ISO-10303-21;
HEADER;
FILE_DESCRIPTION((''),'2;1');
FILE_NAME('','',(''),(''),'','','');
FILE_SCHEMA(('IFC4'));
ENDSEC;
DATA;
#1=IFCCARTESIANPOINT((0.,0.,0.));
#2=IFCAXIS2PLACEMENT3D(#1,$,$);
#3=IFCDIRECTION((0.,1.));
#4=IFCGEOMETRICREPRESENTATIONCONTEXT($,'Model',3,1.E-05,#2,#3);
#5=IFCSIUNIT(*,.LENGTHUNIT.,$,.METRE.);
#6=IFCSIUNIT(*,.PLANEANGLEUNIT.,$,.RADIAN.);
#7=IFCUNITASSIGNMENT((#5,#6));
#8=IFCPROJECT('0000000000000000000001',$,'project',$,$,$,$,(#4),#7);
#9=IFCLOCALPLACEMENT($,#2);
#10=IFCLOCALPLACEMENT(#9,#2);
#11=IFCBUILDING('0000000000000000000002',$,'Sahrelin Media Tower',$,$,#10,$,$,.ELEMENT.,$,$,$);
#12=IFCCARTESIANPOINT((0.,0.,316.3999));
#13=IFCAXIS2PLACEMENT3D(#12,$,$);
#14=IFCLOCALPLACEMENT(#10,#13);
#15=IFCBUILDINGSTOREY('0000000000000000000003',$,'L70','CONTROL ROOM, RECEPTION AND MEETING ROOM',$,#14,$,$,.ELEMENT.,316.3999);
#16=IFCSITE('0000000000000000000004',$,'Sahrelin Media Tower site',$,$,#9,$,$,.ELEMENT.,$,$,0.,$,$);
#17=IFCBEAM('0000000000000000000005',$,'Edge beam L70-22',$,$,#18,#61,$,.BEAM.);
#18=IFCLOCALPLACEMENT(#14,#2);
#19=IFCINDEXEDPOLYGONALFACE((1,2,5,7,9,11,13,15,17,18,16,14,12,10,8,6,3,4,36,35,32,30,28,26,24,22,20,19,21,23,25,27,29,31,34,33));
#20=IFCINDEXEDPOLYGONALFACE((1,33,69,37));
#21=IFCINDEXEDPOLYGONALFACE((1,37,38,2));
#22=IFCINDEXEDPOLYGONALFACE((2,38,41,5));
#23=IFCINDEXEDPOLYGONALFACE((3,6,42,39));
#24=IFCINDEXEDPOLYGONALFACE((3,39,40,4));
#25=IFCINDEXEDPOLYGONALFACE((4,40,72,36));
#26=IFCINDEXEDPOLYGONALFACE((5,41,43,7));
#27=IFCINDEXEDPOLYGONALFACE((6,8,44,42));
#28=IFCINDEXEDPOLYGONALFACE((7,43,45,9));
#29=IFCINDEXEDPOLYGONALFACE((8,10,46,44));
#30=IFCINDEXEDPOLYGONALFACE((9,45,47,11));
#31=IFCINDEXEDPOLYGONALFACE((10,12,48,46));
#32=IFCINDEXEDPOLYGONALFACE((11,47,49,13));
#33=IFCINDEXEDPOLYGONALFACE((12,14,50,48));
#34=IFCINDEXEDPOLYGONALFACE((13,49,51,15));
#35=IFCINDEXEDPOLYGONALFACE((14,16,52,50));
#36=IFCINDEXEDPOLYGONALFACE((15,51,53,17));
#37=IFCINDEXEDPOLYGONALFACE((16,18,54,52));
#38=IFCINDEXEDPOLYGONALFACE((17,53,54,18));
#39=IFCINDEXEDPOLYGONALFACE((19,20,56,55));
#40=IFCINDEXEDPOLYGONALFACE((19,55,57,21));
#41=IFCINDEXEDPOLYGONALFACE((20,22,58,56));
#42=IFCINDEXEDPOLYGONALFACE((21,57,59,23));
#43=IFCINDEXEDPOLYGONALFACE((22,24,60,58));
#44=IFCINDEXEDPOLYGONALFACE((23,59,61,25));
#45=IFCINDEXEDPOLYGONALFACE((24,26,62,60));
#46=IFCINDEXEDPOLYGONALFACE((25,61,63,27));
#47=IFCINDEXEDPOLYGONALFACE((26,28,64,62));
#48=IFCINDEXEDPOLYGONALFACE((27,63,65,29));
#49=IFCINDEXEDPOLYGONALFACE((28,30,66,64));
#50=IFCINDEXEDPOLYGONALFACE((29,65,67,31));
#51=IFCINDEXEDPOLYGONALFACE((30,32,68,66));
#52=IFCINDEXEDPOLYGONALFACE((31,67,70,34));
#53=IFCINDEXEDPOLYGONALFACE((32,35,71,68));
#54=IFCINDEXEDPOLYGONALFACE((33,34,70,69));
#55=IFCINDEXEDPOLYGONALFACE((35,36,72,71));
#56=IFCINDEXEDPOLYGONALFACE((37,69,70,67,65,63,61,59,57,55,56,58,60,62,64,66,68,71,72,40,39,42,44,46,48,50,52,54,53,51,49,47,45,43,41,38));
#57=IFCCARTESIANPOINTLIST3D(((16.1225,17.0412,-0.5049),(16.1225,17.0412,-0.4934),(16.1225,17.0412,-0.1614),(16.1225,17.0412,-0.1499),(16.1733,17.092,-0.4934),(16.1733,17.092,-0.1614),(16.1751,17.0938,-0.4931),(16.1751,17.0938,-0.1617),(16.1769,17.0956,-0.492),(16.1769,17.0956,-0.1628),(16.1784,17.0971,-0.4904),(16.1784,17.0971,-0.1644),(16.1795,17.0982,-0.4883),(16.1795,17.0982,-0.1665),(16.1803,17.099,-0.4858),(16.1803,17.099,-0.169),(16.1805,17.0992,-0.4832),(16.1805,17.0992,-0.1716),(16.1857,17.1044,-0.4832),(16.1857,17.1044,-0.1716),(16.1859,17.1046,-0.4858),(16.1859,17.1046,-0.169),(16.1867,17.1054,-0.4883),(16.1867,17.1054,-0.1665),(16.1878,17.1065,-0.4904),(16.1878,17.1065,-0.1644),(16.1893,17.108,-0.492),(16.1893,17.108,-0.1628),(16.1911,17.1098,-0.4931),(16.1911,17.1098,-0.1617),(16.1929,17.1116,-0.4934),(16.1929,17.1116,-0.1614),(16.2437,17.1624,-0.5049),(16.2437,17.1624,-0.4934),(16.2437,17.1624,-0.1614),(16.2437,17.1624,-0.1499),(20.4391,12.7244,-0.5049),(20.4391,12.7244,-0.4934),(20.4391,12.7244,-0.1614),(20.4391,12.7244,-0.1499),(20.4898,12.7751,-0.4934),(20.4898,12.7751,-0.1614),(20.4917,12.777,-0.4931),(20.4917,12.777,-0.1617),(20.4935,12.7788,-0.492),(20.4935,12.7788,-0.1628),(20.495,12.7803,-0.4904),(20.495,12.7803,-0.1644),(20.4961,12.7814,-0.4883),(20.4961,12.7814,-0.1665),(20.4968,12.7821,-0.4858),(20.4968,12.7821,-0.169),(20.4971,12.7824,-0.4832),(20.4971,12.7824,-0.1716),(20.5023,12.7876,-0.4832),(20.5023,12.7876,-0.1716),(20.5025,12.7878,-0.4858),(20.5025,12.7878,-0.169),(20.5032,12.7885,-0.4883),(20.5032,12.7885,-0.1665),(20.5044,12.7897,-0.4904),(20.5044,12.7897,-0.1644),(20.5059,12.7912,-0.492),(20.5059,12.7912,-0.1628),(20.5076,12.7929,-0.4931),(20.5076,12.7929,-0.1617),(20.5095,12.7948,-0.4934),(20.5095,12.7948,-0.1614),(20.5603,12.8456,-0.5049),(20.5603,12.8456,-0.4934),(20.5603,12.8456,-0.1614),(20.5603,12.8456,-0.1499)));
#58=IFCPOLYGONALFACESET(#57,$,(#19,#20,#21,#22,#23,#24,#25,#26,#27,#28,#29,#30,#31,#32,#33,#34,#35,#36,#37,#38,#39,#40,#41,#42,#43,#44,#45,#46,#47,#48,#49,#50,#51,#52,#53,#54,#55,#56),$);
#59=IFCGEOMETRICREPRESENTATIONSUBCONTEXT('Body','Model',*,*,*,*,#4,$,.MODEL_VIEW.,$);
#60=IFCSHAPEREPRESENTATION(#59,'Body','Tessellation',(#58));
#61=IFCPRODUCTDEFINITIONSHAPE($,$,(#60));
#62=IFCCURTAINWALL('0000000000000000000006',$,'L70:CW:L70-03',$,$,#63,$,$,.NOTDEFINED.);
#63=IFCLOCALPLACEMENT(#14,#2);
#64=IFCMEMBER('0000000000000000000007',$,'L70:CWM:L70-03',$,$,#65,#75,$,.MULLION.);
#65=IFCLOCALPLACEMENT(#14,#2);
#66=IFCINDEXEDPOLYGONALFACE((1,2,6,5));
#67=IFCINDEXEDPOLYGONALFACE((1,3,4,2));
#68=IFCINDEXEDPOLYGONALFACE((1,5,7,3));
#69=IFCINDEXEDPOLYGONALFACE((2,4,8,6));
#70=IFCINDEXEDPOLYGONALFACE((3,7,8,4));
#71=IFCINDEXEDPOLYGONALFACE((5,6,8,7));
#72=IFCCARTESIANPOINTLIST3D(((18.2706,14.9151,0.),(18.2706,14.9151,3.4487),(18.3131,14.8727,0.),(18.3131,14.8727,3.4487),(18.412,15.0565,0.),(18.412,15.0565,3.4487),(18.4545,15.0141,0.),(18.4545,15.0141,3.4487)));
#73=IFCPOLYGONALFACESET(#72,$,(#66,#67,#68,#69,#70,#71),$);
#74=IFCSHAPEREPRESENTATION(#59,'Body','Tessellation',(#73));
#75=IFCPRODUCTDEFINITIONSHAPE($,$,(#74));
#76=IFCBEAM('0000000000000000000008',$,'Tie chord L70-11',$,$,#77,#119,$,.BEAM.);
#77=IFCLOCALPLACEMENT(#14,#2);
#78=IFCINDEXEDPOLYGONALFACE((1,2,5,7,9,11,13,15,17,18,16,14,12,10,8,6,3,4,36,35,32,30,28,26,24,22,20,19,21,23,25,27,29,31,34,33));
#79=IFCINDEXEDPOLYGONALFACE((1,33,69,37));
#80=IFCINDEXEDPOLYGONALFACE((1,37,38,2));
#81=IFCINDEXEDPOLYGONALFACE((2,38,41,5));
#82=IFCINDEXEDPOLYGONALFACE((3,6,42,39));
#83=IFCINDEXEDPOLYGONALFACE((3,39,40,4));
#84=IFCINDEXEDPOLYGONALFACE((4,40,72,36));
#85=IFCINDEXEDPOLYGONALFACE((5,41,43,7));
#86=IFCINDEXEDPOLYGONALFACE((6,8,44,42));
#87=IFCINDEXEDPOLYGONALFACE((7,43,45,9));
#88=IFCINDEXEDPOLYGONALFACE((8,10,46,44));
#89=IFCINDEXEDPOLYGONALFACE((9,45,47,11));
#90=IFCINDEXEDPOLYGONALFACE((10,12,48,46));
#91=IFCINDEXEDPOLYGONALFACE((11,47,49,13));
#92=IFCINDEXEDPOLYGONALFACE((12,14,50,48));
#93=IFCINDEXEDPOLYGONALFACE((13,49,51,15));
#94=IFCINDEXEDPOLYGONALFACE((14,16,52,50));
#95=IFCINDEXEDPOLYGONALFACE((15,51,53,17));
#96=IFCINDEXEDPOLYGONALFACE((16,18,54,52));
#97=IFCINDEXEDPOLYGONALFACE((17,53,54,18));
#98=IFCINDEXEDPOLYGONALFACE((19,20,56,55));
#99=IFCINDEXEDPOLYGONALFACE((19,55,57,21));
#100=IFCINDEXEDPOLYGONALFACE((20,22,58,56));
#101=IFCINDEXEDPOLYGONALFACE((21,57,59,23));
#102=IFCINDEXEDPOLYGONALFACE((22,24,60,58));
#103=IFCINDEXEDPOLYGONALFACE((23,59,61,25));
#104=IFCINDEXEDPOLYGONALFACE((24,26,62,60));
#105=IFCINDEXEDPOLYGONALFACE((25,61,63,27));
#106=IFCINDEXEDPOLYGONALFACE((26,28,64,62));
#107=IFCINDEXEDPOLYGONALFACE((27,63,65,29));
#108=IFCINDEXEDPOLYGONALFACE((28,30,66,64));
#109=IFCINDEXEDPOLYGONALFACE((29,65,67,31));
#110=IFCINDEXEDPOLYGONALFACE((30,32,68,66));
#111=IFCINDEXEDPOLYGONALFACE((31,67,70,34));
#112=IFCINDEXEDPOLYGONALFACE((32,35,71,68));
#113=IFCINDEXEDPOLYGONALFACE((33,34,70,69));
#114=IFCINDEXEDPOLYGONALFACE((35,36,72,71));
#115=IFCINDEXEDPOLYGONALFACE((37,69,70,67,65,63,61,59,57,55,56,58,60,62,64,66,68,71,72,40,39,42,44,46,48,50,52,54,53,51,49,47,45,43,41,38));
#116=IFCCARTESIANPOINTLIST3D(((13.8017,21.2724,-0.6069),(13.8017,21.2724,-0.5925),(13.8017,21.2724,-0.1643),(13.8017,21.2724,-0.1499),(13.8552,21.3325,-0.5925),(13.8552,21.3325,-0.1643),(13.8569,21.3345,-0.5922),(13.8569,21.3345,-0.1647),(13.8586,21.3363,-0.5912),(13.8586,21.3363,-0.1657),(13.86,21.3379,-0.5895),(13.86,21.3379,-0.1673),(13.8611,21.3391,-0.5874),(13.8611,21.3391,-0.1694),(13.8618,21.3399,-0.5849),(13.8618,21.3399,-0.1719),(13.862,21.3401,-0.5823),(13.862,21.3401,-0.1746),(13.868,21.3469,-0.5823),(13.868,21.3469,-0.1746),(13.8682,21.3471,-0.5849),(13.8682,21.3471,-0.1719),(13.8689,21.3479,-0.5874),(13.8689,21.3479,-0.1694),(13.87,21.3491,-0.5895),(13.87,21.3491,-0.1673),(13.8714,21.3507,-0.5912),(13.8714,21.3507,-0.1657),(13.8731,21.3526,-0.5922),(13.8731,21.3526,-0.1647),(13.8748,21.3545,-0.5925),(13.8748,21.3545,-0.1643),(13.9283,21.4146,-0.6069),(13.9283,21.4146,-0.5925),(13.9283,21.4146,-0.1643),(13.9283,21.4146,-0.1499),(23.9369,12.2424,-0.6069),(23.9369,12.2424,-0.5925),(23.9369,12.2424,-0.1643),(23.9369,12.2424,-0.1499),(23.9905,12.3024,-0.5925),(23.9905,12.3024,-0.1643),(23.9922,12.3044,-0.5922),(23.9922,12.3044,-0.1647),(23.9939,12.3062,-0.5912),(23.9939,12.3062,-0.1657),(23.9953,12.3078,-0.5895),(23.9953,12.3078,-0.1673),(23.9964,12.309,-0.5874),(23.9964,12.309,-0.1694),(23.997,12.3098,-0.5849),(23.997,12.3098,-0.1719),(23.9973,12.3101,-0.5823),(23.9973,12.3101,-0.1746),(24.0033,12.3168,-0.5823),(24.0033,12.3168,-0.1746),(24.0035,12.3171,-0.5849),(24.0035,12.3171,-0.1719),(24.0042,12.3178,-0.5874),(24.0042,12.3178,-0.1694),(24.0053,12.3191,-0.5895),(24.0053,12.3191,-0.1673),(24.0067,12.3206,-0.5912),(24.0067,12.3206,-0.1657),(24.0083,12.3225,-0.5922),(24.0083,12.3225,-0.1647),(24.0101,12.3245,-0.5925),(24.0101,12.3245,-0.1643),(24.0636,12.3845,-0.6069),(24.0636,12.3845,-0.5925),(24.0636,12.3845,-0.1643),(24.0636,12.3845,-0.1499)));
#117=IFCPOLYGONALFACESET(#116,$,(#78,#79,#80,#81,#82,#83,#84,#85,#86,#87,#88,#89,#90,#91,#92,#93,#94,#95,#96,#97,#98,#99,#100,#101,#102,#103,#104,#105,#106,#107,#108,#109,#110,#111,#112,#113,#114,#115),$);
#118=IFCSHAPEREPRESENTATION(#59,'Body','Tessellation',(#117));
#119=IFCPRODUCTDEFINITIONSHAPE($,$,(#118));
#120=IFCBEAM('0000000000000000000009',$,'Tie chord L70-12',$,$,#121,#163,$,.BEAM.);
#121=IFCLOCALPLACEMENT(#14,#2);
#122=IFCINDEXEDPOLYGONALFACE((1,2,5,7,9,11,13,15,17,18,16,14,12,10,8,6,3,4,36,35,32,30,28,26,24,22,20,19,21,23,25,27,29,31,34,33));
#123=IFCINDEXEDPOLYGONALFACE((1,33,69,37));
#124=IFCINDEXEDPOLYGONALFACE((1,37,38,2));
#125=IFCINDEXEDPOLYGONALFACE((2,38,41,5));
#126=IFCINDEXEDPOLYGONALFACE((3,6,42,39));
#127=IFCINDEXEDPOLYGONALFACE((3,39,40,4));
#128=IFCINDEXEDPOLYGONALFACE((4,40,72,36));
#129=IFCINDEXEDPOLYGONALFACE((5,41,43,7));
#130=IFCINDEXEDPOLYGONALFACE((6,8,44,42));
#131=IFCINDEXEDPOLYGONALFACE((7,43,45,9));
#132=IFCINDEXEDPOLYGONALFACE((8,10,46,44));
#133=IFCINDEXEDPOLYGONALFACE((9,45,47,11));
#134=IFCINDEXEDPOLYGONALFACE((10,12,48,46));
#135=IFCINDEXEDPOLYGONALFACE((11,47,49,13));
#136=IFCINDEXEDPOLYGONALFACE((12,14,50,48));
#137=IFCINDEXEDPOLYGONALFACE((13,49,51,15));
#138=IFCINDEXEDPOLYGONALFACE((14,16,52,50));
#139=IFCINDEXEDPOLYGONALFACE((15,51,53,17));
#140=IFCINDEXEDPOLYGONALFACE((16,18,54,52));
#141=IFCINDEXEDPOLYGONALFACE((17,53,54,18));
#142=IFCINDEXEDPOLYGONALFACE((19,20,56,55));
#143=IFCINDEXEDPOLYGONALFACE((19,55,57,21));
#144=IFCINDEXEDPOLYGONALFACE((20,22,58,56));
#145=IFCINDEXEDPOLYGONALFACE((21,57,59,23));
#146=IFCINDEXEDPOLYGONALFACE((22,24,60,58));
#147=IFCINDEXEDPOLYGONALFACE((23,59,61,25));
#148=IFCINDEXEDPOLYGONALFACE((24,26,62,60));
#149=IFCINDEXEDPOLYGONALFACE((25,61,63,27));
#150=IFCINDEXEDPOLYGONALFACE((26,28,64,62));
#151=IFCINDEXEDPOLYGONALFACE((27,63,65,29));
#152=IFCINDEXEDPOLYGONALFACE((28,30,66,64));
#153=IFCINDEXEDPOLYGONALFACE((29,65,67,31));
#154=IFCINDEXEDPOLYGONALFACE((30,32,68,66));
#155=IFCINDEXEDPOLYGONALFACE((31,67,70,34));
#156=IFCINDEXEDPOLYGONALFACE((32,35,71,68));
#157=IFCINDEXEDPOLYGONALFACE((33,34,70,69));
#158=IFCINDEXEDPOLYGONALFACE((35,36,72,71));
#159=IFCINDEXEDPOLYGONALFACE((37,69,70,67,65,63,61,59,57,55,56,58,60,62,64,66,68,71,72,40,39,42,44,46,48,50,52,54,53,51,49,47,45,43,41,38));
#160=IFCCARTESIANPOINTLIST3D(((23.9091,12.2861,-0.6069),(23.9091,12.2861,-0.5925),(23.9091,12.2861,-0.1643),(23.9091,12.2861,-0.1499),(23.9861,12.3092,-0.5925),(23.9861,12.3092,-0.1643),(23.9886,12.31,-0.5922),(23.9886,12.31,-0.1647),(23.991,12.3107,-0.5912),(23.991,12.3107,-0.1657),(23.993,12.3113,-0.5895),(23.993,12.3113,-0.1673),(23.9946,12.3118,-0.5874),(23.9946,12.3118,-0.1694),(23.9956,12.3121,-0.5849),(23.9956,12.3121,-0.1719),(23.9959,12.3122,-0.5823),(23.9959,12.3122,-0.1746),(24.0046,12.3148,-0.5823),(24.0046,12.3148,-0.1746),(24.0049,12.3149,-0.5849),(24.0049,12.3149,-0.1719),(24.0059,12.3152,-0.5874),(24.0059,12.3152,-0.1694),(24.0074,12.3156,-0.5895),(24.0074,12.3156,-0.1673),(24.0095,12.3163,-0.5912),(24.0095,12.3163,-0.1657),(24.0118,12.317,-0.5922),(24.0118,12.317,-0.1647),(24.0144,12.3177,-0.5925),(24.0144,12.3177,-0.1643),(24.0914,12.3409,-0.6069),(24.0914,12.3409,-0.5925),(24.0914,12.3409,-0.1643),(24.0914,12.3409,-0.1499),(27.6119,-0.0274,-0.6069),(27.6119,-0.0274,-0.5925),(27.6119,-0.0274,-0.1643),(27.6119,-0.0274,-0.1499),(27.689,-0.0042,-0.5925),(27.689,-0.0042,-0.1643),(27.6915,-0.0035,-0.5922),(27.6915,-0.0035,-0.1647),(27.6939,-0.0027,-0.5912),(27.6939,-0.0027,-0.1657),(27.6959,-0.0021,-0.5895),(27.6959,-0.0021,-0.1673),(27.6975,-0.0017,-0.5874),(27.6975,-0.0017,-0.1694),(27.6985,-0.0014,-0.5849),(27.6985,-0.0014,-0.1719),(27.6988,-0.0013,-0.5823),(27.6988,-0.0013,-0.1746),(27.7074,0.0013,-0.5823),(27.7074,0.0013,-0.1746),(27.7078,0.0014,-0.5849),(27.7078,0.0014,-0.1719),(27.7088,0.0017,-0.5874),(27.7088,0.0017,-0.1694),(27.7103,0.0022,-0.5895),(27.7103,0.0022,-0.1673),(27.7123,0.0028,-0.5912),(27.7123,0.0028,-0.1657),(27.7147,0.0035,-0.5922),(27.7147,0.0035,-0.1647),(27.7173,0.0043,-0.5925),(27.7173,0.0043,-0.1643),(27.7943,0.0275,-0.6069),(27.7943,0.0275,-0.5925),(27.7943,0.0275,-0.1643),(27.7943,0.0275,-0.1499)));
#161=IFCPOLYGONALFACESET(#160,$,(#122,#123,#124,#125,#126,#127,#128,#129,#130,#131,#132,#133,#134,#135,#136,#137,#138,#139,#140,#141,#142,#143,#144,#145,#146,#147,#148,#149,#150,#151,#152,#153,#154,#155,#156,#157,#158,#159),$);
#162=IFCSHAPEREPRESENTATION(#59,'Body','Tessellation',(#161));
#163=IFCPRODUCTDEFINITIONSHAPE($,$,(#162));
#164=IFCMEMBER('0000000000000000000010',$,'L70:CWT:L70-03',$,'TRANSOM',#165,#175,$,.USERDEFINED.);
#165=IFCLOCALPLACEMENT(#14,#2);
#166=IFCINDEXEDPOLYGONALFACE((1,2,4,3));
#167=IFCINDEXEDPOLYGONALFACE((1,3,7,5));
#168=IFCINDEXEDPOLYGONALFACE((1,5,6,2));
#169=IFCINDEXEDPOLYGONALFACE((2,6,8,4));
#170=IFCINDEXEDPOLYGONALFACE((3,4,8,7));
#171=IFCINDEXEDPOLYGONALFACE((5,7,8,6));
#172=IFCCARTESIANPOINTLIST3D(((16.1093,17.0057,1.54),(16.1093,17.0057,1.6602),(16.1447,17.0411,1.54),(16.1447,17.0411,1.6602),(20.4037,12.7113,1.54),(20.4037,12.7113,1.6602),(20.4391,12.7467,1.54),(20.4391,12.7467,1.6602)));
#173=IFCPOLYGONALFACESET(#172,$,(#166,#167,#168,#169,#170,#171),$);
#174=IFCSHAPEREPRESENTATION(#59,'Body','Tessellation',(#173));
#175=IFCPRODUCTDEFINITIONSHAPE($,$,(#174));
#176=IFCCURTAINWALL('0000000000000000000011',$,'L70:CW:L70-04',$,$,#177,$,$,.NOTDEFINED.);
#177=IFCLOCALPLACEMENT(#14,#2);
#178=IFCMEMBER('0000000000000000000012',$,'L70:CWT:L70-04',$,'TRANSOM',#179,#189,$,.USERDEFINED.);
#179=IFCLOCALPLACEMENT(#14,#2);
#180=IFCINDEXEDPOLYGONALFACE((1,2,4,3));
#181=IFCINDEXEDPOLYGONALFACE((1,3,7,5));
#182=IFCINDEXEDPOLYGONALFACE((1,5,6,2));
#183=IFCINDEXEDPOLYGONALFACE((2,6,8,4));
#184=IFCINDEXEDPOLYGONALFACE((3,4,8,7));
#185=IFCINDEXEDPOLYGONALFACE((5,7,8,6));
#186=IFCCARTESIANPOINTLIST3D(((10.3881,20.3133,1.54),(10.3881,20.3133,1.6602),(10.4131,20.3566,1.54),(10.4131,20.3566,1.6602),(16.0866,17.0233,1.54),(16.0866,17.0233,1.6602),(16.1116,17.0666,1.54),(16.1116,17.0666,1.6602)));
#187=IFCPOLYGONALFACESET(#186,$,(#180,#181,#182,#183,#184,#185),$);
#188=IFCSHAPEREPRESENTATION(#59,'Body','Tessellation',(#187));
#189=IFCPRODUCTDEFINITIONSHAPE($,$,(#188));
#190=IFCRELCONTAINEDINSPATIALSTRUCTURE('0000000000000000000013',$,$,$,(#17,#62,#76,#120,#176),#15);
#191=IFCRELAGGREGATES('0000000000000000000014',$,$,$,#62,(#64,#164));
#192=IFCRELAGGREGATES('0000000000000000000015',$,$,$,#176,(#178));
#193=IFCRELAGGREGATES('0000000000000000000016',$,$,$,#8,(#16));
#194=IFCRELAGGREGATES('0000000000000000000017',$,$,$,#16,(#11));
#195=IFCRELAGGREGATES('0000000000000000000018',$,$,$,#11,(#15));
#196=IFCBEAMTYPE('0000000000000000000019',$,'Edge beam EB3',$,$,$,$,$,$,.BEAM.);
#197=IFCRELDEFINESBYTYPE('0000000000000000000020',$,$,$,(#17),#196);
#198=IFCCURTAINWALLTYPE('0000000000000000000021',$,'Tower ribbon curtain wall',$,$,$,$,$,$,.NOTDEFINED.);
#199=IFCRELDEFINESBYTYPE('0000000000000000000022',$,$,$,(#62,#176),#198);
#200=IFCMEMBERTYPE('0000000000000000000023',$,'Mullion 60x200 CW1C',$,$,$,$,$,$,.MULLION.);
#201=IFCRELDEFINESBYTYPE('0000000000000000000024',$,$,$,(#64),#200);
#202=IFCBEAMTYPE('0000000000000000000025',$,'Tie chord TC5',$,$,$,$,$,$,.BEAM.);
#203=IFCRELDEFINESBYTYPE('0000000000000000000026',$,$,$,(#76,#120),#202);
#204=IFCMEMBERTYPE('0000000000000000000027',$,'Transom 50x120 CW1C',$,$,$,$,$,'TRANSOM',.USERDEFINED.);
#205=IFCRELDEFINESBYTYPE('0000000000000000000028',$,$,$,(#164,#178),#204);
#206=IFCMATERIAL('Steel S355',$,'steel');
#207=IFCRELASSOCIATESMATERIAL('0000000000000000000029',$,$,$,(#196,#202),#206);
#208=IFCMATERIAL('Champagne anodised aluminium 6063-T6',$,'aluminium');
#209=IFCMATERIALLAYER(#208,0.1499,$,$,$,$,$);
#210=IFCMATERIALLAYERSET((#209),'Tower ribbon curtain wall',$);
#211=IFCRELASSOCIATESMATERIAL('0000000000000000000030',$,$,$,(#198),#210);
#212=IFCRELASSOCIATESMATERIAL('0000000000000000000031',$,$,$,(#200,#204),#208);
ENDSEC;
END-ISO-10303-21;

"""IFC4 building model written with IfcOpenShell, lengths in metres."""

from ifc_helpers import new_model, si_unit, direction, frame, origin, origin_2d, place, context, subcontext, project, spatial, rectangle, i_section, extrude, material, layer, layer_set, material_profile, profile_set, type_object, element, aggregate, save


model = new_model("IFC4")

# Units and contexts
model_context = context("Model", 3, precision=1e-05, world=origin(), true_north=direction((0.0, 1.0)))
body_context = subcontext(model_context, "Body", "Model", "MODEL_VIEW")
ifc_project = project(units=[si_unit("LENGTHUNIT", "METRE"), si_unit("PLANEANGLEUNIT", "RADIAN")], contexts=[model_context])

# Site, building, storey
site_placement = place(None, origin())
site = spatial("IfcSite", under=ifc_project, at=site_placement, Name="Sahrelin Media Tower site", CompositionType="ELEMENT", RefElevation=0.0)
building_placement = place(site_placement, origin())
building = spatial("IfcBuilding", under=site, at=building_placement, Name="Sahrelin Media Tower", CompositionType="ELEMENT")
storey_placement = place(building_placement, frame((0.0, 0.0, 316.3999)))
storey = spatial("IfcBuildingStorey", under=building, at=storey_placement, Name="L70", Description="CONTROL ROOM, RECEPTION AND MEETING ROOM", CompositionType="ELEMENT", Elevation=316.3999)

# Beam
ifc_material_1 = material(Name="Steel S355", Category="steel")
ifc_material_profile_1 = material_profile(ifc_material_1, i_section(OverallWidth=0.1714, OverallDepth=0.355, WebThickness=0.0073, FlangeThickness=0.0115, FilletRadius=0.0103, at=origin_2d()), Name="UB 356x171x51")
ifc_profile_set_1 = profile_set([ifc_material_profile_1], Name="Steel S355")
beam_type_1 = type_object("IfcBeamType", Name="Edge beam EB3", PredefinedType="BEAM", material=ifc_profile_set_1)
beam_1_placement = place(storey_placement, frame((16.1831, 17.1018, -0.3274), z_axis=(0.707087, -0.707127, 0.0), x_axis=(0.707127, 0.707087, 0.0)))
element("IfcBeam", 1, at=beam_1_placement, inside=storey, type_object=beam_type_1, Name="Edge beam L70-22", PredefinedType="BEAM", context=body_context, shape_type="SweptSolid", body=[
    extrude(i_section(OverallWidth=0.1714, OverallDepth=0.355, WebThickness=0.0073, FlangeThickness=0.0115, FilletRadius=0.0103, at=origin_2d()), origin(), (0.0, 0.0, 1.0), 6.1047),
])

# Curtain wall, member
ifc_material_2 = material(Name="Champagne anodised aluminium 6063-T6", Category="aluminium")
ifc_layer_1 = layer(ifc_material_2, 0.1499)
ifc_layer_set_1 = layer_set([ifc_layer_1], Name="Tower ribbon curtain wall")
curtain_wall_type = type_object("IfcCurtainWallType", Name="Tower ribbon curtain wall", PredefinedType="NOTDEFINED", material=ifc_layer_set_1)
curtain_wall_1_placement = place(storey_placement, frame((18.4475, 15.0493, 0.0), z_axis=(0.0, 0.0, 1.0), x_axis=(1.0, 0.0, 0.0)))
curtain_wall_1 = element("IfcCurtainWall", 2, at=curtain_wall_1_placement, inside=storey, type_object=curtain_wall_type, Name="L70:CW:L70-03", PredefinedType="NOTDEFINED")
ifc_material_profile_2 = material_profile(ifc_material_2, rectangle(XDim=0.0601, YDim=0.2, at=origin_2d()), Name="Mullion 60x200")
ifc_profile_set_2 = profile_set([ifc_material_profile_2], Name="Champagne anodised aluminium 6063-T6")
member_type_1 = type_object("IfcMemberType", Name="Mullion 60x200 CW1C", PredefinedType="MULLION", material=ifc_profile_set_2)
member_1_placement = place(storey_placement, frame((18.3625, 14.9646, 0.0), z_axis=(0.0, 0.0, 1.0), x_axis=(-0.707107, 0.707107, 0.0)))
member_1 = element("IfcMember", 3, at=member_1_placement, type_object=member_type_1, Name="L70:CWM:L70-03", PredefinedType="MULLION", context=body_context, shape_type="SweptSolid", body=[
    extrude(rectangle(XDim=0.0601, YDim=0.2, at=origin_2d()), origin(), (0.0, 0.0, 1.0), 3.4487),
])

# Beams
ifc_material_profile_3 = material_profile(ifc_material_1, i_section(OverallWidth=0.1904, OverallDepth=0.457, WebThickness=0.009, FlangeThickness=0.0144, FilletRadius=0.0103, at=origin_2d()), Name="UB 457x191x74")
ifc_profile_set_3 = profile_set([ifc_material_profile_3], Name="Steel S355")
beam_type_2 = type_object("IfcBeamType", Name="Tie chord TC5", PredefinedType="BEAM", material=ifc_profile_set_3)
beam_2_placement = place(storey_placement, frame((13.865, 21.3435, -0.3784), z_axis=(0.746644, -0.665224, 0.0), x_axis=(0.665224, 0.746644, 0.0)))
element("IfcBeam", 4, at=beam_2_placement, inside=storey, type_object=beam_type_2, Name="Tie chord L70-11", PredefinedType="BEAM", context=body_context, shape_type="SweptSolid", body=[
    extrude(i_section(OverallWidth=0.1904, OverallDepth=0.457, WebThickness=0.009, FlangeThickness=0.0144, FilletRadius=0.0103, at=origin_2d()), origin(), (0.0, 0.0, 1.0), 13.5745),
])
beam_3_placement = place(storey_placement, frame((24.0002, 12.3135, -0.3784), z_axis=(0.287978, -0.957637, 0.0), x_axis=(0.957637, 0.287978, 0.0)))
element("IfcBeam", 5, at=beam_3_placement, inside=storey, type_object=beam_type_2, Name="Tie chord L70-12", PredefinedType="BEAM", context=body_context, shape_type="SweptSolid", body=[
    extrude(i_section(OverallWidth=0.1904, OverallDepth=0.457, WebThickness=0.009, FlangeThickness=0.0144, FilletRadius=0.0103, at=origin_2d()), origin(), (0.0, 0.0, 1.0), 12.8582),
])

# Member
ifc_material_profile_4 = material_profile(ifc_material_2, rectangle(XDim=0.05, YDim=0.1201, at=origin_2d()), Name="Transom 50x120")
ifc_profile_set_4 = profile_set([ifc_material_profile_4], Name="Champagne anodised aluminium 6063-T6")
member_type_2 = type_object("IfcMemberType", Name="Transom 50x120 CW1C", ElementType="TRANSOM", PredefinedType="USERDEFINED", material=ifc_profile_set_4)
member_2_placement = place(storey_placement, frame((20.4214, 12.729, 1.6001), z_axis=(-0.707107, 0.707107, 0.0), x_axis=(-0.707107, -0.707107, 0.0)))
member_2 = element("IfcMember", 6, at=member_2_placement, type_object=member_type_2, Name="L70:CWT:L70-03", ObjectType="TRANSOM", PredefinedType="USERDEFINED", context=body_context, shape_type="SweptSolid", body=[
    extrude(rectangle(XDim=0.05, YDim=0.1201, at=origin_2d()), origin(), (0.0, 0.0, 1.0), 6.0732),
])

# Curtain wall, member
curtain_wall_2_placement = place(storey_placement, frame((13.3723, 18.9021, 0.0), z_axis=(0.0, 0.0, 1.0), x_axis=(1.0, 0.0, 0.0)))
curtain_wall_2 = element("IfcCurtainWall", 7, at=curtain_wall_2_placement, inside=storey, type_object=curtain_wall_type, Name="L70:CW:L70-04", PredefinedType="NOTDEFINED")
member_3_placement = place(storey_placement, frame((16.0991, 17.0449, 1.6001), z_axis=(-0.866024, 0.500002, 0.0), x_axis=(-0.500002, -0.866024, 0.0)))
member_3 = element("IfcMember", 8, at=member_3_placement, type_object=member_type_2, Name="L70:CWT:L70-04", ObjectType="TRANSOM", PredefinedType="USERDEFINED", context=body_context, shape_type="SweptSolid", body=[
    extrude(rectangle(XDim=0.05, YDim=0.1201, at=origin_2d()), origin(), (0.0, 0.0, 1.0), 6.5801),
])

aggregate(curtain_wall_1, [member_1, member_2])
aggregate(curtain_wall_2, [member_3])

save(model, "model.ifc")
